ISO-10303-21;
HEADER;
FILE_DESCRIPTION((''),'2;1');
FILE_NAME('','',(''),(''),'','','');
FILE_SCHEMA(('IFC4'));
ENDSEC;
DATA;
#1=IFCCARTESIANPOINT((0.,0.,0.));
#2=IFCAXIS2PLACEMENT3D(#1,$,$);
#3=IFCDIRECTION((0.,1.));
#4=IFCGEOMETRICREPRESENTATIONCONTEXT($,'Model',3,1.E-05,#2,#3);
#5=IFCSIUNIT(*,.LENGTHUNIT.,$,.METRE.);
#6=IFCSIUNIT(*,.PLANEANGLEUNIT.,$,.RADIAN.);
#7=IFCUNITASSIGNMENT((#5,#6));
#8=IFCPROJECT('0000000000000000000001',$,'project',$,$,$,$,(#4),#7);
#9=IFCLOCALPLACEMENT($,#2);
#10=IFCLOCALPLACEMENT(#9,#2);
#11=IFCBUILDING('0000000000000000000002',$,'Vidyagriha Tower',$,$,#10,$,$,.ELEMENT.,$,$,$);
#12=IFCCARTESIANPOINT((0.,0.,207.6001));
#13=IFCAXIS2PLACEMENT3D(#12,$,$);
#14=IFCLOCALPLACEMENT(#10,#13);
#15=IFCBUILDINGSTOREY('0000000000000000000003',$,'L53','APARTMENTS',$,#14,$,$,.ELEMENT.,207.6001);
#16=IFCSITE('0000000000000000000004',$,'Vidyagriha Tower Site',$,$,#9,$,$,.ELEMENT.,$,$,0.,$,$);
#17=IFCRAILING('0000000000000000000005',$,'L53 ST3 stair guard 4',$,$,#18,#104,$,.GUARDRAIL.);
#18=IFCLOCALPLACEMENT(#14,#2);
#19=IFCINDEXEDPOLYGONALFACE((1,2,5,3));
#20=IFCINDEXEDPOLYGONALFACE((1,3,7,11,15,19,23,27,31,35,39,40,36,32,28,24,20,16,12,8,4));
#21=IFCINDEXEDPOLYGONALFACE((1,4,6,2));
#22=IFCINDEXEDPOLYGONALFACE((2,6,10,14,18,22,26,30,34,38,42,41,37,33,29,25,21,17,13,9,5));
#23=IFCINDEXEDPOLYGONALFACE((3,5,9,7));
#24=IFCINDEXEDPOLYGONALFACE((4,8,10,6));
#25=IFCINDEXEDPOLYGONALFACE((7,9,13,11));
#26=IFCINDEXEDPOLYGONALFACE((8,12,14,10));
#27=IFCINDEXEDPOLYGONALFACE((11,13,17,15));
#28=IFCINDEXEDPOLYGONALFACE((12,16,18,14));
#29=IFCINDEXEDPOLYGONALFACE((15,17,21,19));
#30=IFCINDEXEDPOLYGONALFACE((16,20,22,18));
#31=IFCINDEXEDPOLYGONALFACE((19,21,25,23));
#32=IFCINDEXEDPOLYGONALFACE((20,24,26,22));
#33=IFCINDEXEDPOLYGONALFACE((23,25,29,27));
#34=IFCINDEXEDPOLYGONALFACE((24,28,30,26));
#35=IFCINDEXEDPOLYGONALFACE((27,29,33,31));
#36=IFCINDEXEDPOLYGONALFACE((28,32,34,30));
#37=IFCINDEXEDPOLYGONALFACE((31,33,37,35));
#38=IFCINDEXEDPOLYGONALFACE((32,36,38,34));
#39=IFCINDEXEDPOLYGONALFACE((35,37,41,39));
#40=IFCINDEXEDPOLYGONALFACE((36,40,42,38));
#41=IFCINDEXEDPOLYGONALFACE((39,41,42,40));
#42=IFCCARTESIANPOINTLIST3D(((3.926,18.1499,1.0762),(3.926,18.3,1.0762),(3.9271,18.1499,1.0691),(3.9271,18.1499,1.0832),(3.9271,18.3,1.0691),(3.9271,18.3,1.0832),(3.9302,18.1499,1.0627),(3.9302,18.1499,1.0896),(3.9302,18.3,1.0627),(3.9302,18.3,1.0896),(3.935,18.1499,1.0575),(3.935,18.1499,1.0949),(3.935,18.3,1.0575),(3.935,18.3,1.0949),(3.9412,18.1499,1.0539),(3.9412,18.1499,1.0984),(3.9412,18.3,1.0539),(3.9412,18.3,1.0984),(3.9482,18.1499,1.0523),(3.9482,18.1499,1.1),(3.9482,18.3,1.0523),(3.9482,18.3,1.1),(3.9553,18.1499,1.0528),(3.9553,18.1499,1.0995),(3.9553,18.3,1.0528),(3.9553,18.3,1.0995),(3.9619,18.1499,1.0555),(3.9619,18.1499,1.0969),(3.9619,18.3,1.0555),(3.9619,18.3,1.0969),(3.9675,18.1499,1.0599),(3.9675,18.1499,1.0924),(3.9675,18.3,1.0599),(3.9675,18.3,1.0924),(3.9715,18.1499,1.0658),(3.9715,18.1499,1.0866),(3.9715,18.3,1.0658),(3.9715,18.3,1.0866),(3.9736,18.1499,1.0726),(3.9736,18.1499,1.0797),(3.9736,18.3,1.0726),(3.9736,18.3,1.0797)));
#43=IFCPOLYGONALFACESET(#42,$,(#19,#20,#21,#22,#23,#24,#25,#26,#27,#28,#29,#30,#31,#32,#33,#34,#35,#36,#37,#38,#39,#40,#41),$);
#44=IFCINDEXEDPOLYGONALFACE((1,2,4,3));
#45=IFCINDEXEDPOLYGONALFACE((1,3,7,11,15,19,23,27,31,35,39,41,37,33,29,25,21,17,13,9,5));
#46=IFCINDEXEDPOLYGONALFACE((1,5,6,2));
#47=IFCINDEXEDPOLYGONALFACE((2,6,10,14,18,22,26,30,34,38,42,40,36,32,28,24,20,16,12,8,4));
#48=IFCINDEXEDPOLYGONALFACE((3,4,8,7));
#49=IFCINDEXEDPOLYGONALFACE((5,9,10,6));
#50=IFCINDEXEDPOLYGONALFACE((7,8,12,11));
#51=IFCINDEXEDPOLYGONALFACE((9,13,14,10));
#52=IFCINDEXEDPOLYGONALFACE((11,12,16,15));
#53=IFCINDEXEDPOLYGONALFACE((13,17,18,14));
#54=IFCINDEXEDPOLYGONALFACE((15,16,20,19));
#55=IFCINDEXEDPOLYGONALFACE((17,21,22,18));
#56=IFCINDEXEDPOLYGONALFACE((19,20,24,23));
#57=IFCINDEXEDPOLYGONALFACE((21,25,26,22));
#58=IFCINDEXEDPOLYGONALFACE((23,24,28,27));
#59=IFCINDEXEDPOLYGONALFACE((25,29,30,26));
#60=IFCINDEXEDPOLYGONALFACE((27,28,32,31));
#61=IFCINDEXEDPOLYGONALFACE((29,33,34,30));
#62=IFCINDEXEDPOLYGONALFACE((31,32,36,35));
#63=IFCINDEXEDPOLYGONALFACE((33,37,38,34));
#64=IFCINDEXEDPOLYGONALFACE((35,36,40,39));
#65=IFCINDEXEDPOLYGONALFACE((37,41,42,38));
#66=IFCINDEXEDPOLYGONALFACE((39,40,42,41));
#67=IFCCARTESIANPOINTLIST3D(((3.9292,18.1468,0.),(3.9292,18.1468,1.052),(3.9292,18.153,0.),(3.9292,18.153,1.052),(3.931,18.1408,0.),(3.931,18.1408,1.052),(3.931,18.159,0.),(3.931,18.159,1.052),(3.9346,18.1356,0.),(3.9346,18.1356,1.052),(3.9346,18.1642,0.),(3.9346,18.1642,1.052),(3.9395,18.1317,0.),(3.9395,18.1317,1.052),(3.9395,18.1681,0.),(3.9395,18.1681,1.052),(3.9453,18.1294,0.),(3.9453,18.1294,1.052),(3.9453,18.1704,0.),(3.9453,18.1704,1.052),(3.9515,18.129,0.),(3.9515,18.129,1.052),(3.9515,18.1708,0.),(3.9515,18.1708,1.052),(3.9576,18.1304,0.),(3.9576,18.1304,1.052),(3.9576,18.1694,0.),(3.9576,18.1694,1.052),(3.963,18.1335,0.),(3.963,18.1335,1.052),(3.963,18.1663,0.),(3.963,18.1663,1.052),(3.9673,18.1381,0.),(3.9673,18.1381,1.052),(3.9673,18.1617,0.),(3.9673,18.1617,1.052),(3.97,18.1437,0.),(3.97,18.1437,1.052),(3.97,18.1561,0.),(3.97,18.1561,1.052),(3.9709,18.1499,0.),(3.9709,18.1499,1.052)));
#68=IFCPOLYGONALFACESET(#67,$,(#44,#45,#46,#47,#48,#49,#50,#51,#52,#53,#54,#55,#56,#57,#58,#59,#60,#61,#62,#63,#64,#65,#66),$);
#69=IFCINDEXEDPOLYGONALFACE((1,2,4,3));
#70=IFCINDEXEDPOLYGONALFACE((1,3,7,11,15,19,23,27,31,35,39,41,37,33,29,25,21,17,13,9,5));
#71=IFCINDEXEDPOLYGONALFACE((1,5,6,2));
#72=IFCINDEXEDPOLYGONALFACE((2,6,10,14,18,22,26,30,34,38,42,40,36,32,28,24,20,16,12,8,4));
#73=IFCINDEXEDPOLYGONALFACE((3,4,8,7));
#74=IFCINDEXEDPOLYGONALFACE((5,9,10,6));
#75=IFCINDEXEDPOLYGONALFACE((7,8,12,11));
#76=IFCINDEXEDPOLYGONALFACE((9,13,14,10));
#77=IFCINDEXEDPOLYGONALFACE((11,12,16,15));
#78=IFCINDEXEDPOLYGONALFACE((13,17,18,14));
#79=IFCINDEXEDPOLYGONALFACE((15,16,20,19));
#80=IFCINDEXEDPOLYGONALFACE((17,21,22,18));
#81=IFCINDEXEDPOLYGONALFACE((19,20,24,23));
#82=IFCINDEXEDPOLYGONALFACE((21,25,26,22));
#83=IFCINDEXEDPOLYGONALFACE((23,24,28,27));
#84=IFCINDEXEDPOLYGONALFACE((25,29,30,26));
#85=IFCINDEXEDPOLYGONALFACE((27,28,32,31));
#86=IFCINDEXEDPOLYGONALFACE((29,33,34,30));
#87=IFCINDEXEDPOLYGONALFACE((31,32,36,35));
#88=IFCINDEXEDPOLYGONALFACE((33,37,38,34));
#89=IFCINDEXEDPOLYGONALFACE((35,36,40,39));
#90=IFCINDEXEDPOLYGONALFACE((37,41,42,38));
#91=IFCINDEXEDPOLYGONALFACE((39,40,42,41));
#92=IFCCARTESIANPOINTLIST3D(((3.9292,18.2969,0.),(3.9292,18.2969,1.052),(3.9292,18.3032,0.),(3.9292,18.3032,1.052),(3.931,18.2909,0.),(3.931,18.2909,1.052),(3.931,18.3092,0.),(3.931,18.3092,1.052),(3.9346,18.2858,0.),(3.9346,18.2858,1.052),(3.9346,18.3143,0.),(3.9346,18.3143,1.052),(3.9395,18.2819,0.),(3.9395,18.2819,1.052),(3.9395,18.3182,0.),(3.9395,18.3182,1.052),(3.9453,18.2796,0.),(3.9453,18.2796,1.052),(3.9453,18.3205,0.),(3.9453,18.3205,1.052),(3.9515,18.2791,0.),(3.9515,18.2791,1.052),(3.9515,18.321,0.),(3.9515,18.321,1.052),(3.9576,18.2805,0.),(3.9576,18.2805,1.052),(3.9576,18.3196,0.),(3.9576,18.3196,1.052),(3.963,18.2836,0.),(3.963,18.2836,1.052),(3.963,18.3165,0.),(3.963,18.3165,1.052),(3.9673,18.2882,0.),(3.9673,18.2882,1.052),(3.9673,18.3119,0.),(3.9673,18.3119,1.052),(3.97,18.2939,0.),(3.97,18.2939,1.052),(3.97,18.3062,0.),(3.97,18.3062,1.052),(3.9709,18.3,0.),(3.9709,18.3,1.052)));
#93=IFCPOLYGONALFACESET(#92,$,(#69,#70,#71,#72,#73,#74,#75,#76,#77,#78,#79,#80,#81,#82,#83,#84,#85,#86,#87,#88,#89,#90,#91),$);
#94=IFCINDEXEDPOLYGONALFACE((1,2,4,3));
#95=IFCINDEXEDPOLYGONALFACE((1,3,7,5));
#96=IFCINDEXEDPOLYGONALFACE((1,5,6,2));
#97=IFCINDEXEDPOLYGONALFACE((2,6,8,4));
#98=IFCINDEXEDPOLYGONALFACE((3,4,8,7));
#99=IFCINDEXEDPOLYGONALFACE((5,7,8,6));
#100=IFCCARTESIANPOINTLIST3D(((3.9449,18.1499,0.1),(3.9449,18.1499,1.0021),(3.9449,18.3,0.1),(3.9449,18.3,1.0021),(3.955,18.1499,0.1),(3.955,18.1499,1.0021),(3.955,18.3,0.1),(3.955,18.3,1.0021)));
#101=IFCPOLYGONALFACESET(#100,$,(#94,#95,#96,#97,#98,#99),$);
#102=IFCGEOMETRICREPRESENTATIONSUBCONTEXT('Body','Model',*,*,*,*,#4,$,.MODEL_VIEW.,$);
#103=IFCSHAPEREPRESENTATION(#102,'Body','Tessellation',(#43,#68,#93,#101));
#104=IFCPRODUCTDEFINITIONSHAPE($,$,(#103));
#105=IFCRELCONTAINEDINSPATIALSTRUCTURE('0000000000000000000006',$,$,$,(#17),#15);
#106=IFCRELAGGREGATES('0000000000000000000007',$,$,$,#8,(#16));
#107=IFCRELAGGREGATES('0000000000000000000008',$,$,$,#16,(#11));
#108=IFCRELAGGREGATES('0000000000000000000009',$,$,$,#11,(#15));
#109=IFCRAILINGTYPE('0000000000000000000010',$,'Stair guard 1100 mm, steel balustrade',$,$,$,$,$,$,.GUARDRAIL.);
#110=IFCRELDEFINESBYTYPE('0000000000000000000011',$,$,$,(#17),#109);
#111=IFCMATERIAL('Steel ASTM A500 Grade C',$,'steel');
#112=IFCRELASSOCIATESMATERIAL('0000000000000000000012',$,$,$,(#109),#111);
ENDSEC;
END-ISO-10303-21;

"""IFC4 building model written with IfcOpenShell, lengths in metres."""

from ifc_helpers import new_model, si_unit, direction, frame, origin, origin_2d, place, context, subcontext, project, spatial, rectangle, circle, extrude, material, type_object, element, save


model = new_model("IFC4")

# Units and contexts
model_context = context("Model", 3, precision=1e-05, world=origin(), true_north=direction((0.0, 1.0)))
body_context = subcontext(model_context, "Body", "Model", "MODEL_VIEW")
ifc_project = project(units=[si_unit("LENGTHUNIT", "METRE"), si_unit("PLANEANGLEUNIT", "RADIAN")], contexts=[model_context])

# Site, building, storey
site_placement = place(None, origin())
site = spatial("IfcSite", under=ifc_project, at=site_placement, Name="Vidyagriha Tower Site", CompositionType="ELEMENT", RefElevation=0.0)
building_placement = place(site_placement, origin())
building = spatial("IfcBuilding", under=site, at=building_placement, Name="Vidyagriha Tower", CompositionType="ELEMENT")
storey_placement = place(building_placement, frame((0.0, 0.0, 207.6001)))
storey = spatial("IfcBuildingStorey", under=building, at=storey_placement, Name="L53", Description="APARTMENTS", CompositionType="ELEMENT", Elevation=207.6001)

# Railing
ifc_material_1 = material(Name="Steel ASTM A500 Grade C", Category="steel")
railing_type_1 = type_object("IfcRailingType", Name="Stair guard 1100 mm, steel balustrade", PredefinedType="GUARDRAIL", material=ifc_material_1)
railing_1_placement = place(storey_placement, frame((3.95, 18.1499, 0.0)))
element("IfcRailing", 1, at=railing_1_placement, inside=storey, type_object=railing_type_1, Name="L53 ST3 stair guard 4", PredefinedType="GUARDRAIL", context=body_context, shape_type="SweptSolid", body=[
    extrude(circle(Radius=0.0239, at=origin_2d()), frame((0.0, 0.0, 1.0762), z_axis=(0.0, 1.0, 0.0), x_axis=(-1.0, 0.0, 0.0)), (0.0, 0.0, 1.0), 0.1501),
    extrude(circle(Radius=0.021, at=origin_2d()), origin(), (0.0, 0.0, 1.0), 1.052),
    extrude(circle(Radius=0.021, at=origin_2d()), frame((0.0, 0.1501, 0.0)), (0.0, 0.0, 1.0), 1.052),
    extrude(rectangle(XDim=0.01, YDim=0.9021, at=origin_2d()), frame((0.0, 0.0, 0.551), z_axis=(0.0, 1.0, 0.0), x_axis=(-1.0, 0.0, 0.0)), (0.0, 0.0, 1.0), 0.1501),
])

save(model, "model.ifc")
